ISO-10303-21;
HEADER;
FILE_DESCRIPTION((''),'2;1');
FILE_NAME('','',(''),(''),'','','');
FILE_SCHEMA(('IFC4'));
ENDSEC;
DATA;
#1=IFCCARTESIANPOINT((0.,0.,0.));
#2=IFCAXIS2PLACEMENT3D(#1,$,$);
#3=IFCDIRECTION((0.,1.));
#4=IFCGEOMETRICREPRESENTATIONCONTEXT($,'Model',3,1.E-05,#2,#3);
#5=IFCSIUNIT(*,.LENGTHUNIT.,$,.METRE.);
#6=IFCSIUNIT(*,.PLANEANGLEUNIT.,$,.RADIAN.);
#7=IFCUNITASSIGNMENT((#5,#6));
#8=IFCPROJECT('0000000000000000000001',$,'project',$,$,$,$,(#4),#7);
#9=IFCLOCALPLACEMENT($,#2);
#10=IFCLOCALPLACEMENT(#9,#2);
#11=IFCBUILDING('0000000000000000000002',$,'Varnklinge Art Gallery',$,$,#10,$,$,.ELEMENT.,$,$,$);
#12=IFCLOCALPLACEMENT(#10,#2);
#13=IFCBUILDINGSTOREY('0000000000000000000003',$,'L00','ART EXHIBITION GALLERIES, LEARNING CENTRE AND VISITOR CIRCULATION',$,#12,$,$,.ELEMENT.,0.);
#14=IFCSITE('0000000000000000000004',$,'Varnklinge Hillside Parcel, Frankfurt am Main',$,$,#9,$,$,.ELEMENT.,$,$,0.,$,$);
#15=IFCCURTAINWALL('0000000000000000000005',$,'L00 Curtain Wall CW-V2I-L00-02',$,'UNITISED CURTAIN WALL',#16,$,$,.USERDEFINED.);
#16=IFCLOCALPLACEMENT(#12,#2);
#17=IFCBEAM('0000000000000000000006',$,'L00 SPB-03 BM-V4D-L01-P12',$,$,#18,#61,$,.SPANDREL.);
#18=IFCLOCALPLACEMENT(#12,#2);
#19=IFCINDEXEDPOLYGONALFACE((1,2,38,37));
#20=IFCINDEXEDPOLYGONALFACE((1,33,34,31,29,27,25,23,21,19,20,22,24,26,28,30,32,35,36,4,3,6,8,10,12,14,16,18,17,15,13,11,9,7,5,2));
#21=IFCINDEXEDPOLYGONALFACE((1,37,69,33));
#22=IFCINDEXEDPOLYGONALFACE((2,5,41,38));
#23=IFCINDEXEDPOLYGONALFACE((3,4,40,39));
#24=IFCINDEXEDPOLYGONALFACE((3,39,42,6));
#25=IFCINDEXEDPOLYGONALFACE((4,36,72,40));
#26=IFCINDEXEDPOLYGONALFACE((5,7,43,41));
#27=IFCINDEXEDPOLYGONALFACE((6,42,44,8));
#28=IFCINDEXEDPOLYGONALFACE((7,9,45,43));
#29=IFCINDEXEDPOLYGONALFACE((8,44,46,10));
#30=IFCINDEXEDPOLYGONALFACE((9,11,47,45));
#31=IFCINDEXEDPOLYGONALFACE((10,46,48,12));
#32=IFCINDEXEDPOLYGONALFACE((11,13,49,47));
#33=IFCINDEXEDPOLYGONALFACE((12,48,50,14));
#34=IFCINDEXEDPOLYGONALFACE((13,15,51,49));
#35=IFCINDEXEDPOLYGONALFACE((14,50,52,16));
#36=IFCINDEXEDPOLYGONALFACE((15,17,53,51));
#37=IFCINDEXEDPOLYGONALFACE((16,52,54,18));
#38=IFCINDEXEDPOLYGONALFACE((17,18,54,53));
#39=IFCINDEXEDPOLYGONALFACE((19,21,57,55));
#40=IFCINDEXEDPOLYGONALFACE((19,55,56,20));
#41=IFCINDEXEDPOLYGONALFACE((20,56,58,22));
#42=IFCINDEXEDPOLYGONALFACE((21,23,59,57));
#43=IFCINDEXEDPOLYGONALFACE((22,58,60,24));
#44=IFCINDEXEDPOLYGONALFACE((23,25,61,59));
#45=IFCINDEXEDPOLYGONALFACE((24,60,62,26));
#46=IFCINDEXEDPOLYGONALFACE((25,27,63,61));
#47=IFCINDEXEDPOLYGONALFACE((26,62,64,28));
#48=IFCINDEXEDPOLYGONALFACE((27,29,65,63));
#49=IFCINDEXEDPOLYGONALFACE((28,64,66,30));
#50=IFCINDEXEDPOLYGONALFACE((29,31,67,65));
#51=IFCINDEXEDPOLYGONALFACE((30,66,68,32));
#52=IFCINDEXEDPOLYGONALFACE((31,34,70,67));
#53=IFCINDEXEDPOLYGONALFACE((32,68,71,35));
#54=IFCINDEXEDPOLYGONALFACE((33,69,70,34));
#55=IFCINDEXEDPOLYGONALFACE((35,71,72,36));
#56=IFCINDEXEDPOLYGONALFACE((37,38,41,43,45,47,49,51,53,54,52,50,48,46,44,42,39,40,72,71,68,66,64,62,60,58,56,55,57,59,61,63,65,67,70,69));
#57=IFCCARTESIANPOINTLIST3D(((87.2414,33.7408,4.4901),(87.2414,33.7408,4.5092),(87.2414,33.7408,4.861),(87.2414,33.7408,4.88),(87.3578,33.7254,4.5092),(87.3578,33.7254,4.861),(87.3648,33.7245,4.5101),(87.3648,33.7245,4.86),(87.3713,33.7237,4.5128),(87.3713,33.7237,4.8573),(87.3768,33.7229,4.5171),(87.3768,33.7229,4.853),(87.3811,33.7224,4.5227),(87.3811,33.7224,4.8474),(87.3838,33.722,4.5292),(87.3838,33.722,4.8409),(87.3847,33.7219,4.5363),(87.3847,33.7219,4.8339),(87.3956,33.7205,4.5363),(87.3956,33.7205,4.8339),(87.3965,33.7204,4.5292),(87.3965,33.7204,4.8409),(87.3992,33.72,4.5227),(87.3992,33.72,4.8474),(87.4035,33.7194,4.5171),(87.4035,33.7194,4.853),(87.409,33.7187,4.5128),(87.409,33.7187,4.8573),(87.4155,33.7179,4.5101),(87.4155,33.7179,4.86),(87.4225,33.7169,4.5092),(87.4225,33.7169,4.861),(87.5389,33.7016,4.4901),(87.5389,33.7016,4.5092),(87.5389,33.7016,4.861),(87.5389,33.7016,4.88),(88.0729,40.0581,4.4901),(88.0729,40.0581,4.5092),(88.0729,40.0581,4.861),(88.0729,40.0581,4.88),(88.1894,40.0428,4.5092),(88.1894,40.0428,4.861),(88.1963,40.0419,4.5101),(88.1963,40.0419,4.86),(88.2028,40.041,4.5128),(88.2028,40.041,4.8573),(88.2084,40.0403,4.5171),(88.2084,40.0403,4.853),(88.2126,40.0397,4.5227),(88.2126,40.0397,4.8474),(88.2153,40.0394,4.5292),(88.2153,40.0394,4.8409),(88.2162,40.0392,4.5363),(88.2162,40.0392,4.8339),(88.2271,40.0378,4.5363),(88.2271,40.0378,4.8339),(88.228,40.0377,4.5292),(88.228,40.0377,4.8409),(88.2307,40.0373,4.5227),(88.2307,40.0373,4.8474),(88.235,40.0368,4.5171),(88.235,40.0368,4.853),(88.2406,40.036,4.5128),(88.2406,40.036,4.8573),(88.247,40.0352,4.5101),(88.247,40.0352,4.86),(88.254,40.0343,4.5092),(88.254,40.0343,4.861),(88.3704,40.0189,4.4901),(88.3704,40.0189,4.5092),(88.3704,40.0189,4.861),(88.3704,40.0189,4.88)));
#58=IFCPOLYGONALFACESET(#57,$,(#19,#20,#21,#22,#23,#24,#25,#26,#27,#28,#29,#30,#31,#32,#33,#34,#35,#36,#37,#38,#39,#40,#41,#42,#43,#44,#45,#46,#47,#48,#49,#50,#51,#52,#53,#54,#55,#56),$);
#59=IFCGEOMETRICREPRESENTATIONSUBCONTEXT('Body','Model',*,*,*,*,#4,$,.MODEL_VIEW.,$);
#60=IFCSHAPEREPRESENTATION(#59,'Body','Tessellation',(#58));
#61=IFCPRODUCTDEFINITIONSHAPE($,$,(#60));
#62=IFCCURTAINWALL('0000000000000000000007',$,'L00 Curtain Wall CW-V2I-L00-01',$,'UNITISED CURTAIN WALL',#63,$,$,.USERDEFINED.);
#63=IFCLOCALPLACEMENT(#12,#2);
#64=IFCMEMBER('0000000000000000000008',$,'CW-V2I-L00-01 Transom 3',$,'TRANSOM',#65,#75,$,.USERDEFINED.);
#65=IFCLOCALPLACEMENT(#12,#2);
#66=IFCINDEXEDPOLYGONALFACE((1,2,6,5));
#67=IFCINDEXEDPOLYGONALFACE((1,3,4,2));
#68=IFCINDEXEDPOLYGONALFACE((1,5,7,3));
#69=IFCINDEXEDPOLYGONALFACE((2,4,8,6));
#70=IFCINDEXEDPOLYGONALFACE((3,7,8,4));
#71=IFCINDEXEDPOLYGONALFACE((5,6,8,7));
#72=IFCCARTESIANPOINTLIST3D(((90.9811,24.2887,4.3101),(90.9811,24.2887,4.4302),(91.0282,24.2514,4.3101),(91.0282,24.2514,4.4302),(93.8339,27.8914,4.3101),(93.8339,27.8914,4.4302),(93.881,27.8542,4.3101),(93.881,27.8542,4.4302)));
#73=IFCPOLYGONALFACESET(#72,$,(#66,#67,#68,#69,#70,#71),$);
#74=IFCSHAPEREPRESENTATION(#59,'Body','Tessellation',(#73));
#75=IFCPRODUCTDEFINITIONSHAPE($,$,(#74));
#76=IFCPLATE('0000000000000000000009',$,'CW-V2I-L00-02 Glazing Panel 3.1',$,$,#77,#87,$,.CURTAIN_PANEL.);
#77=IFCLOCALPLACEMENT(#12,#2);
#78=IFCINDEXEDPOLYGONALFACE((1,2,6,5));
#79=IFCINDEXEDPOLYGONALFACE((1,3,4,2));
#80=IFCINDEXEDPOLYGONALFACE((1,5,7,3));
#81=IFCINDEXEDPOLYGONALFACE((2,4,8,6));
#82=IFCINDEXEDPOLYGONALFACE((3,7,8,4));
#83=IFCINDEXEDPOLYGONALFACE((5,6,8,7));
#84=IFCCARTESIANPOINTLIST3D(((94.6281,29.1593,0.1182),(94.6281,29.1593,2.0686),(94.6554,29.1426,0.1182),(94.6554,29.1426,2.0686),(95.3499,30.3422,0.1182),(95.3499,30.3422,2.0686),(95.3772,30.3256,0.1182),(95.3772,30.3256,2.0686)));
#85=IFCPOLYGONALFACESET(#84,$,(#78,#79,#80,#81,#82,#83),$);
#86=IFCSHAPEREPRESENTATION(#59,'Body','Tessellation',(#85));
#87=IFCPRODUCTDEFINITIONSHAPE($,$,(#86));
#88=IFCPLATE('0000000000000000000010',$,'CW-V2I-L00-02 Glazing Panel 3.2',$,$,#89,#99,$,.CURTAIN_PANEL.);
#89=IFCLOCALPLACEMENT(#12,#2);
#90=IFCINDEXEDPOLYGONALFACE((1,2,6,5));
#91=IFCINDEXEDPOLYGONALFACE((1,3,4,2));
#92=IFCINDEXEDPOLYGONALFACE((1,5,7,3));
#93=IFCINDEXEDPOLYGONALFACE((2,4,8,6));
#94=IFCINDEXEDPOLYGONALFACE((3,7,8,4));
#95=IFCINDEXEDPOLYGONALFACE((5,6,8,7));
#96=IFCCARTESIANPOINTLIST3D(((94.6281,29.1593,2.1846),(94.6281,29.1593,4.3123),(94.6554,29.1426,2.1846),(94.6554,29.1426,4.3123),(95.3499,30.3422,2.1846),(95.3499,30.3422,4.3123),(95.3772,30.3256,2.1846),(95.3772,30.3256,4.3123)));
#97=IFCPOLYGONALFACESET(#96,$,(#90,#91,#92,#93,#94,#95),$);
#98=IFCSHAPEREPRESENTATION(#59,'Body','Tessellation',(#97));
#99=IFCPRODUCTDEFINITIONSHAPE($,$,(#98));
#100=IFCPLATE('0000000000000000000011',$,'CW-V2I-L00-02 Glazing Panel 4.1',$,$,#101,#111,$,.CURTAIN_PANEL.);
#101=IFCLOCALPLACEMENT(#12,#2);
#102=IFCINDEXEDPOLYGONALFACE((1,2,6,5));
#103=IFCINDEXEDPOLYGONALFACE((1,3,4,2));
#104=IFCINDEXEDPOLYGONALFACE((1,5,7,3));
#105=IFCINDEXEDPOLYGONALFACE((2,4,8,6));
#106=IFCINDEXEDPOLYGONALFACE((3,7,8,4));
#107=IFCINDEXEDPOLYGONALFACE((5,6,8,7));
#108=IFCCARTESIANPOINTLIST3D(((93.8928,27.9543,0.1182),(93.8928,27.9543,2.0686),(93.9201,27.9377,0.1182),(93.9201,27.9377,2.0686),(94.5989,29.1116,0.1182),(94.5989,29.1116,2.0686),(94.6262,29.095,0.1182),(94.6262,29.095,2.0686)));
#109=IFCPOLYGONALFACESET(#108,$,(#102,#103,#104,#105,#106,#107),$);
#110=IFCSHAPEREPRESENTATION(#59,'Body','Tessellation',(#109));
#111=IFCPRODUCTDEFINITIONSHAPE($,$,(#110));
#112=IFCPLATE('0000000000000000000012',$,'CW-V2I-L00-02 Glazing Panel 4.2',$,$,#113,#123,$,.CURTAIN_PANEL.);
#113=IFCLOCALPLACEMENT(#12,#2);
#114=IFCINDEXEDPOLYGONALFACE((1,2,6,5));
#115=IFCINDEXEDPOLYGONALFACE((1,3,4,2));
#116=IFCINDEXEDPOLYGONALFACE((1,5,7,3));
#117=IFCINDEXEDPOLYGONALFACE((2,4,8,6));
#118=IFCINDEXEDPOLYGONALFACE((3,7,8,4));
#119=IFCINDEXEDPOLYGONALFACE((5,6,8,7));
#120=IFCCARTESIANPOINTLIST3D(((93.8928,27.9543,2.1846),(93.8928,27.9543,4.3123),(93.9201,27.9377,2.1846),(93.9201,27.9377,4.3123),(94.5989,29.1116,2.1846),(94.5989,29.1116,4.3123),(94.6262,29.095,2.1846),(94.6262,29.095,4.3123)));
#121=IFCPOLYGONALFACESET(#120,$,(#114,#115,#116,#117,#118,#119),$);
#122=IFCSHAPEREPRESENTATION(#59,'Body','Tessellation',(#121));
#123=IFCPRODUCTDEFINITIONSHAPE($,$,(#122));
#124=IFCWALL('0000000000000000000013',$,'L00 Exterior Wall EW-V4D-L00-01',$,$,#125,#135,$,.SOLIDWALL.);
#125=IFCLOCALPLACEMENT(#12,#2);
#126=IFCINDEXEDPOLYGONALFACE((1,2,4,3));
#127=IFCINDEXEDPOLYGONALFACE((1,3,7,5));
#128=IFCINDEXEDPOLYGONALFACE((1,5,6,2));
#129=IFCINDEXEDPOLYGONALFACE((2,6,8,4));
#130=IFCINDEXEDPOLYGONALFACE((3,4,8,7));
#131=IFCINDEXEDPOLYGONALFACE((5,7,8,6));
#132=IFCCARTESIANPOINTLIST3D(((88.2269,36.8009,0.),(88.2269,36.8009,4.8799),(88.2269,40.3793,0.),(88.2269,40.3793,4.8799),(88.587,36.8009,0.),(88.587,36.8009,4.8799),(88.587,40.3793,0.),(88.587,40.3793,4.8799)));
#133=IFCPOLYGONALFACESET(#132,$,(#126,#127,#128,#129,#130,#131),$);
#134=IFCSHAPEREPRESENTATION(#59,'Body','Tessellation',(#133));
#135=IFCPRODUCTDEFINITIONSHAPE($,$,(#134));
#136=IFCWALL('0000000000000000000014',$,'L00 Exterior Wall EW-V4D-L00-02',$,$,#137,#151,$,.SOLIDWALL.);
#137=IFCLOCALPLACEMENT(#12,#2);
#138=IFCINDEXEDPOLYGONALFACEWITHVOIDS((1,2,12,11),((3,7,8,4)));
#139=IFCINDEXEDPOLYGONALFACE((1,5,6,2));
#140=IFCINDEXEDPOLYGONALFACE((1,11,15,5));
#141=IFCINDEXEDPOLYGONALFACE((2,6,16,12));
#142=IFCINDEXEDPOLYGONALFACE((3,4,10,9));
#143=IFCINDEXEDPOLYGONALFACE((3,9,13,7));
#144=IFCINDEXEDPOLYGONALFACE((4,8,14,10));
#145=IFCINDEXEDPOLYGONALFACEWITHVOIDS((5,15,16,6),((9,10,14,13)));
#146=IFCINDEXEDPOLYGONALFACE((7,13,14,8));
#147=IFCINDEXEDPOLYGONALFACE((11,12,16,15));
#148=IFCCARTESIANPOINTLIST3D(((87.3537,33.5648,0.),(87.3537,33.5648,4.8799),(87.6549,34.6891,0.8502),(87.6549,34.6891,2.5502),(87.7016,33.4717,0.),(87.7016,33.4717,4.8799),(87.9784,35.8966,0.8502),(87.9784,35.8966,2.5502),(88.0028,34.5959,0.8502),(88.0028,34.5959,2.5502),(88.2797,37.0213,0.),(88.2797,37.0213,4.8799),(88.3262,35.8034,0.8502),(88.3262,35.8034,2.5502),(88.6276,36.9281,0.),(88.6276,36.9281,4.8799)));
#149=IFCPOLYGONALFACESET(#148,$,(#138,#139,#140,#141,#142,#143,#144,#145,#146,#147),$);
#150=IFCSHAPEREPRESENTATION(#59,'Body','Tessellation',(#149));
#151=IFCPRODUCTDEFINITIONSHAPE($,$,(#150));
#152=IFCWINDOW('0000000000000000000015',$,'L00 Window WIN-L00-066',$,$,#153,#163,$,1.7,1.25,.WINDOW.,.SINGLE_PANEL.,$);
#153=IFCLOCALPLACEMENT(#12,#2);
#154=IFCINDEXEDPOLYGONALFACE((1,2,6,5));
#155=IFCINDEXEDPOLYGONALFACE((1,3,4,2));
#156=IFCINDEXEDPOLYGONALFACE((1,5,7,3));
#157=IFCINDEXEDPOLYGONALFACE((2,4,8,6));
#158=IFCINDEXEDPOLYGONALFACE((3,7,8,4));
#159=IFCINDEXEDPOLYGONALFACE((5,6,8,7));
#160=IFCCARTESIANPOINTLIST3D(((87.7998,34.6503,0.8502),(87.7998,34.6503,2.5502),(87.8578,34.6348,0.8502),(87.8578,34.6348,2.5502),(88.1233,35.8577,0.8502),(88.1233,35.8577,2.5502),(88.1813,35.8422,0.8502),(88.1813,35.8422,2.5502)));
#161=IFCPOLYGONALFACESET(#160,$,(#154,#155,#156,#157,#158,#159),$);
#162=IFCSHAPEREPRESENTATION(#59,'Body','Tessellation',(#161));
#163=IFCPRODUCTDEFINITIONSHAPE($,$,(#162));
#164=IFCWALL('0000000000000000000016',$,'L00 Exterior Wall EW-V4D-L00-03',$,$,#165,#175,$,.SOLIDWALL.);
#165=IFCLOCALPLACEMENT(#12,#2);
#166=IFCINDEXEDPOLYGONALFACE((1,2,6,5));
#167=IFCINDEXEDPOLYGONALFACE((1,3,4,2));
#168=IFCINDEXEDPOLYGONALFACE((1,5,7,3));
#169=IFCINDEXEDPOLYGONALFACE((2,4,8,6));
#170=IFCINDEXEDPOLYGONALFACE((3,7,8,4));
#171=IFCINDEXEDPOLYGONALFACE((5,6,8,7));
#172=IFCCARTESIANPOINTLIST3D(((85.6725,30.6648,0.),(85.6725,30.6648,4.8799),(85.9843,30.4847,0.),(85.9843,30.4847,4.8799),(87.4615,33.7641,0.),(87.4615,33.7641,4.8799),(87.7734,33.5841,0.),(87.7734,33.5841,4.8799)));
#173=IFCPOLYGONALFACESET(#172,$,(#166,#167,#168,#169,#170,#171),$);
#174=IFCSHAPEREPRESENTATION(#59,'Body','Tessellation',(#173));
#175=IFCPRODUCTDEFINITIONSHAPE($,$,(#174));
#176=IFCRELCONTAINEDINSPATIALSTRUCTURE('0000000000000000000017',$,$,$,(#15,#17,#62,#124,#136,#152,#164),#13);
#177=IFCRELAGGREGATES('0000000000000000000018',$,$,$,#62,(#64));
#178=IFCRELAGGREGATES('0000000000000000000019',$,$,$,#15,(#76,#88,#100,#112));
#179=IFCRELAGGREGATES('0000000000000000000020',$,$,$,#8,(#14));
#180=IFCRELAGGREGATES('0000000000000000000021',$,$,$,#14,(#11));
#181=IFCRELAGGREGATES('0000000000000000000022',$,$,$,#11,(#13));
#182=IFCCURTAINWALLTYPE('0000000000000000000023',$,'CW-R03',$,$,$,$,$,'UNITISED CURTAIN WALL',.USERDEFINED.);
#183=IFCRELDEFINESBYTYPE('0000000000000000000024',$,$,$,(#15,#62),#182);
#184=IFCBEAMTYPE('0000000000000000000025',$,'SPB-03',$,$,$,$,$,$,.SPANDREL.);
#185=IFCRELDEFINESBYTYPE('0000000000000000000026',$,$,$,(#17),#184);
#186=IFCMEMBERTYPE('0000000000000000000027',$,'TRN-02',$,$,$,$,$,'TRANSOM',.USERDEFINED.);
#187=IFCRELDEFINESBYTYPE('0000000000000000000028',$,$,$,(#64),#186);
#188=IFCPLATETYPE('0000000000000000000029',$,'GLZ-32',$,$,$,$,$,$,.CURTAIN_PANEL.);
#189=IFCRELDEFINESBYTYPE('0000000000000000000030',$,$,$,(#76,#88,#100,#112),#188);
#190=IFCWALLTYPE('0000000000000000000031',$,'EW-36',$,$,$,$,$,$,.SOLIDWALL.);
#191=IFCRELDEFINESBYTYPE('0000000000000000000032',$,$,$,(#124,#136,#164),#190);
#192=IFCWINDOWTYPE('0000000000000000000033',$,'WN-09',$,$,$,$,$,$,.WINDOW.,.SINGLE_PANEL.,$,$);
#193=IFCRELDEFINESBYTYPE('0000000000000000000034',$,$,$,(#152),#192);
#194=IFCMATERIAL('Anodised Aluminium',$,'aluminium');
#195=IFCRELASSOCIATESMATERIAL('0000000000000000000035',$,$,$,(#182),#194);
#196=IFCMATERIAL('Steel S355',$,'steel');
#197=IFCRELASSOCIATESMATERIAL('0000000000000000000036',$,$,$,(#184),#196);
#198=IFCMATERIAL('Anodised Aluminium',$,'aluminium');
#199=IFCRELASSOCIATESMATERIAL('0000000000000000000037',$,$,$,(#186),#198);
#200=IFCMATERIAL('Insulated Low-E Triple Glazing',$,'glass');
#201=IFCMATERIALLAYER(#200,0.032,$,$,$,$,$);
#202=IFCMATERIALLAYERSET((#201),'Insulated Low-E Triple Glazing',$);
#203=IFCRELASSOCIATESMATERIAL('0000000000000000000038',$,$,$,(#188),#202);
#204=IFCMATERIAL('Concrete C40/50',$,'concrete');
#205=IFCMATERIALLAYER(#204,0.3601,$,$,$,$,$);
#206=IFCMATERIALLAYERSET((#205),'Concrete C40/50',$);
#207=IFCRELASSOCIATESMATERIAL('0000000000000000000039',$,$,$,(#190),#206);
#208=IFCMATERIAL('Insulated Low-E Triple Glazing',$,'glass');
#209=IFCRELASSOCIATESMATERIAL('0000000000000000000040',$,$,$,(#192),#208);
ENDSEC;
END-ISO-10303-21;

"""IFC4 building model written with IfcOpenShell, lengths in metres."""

from ifc_helpers import new_model, si_unit, direction, frame, frame_2d, origin, origin_2d, place, context, subcontext, project, spatial, rectangle, i_section, extrude, material, layer, layer_set, material_profile, profile_set, type_object, element, fill, aggregate, save


model = new_model("IFC4")

# Units and contexts
model_context = context("Model", 3, precision=1e-05, world=origin(), true_north=direction((0.0, 1.0)))
body_context = subcontext(model_context, "Body", "Model", "MODEL_VIEW")
ifc_project = project(units=[si_unit("LENGTHUNIT", "METRE"), si_unit("PLANEANGLEUNIT", "RADIAN")], contexts=[model_context])

# Site, building, storey
site_placement = place(None, origin())
site = spatial("IfcSite", under=ifc_project, at=site_placement, Name="Varnklinge Hillside Parcel, Frankfurt am Main", CompositionType="ELEMENT", RefElevation=0.0)
building_placement = place(site_placement, origin())
building = spatial("IfcBuilding", under=site, at=building_placement, Name="Varnklinge Art Gallery", CompositionType="ELEMENT")
storey_placement = place(building_placement, origin())
storey = spatial("IfcBuildingStorey", under=building, at=storey_placement, Name="L00", Description="ART EXHIBITION GALLERIES, LEARNING CENTRE AND VISITOR CIRCULATION", CompositionType="ELEMENT", Elevation=0.0)

# Curtain wall
ifc_material_1 = material(Name="Anodised Aluminium", Category="aluminium")
curtain_wall_type = type_object("IfcCurtainWallType", Name="CW-R03", ElementType="UNITISED CURTAIN WALL", PredefinedType="USERDEFINED", material=ifc_material_1)
curtain_wall_1_placement = place(storey_placement, origin())
curtain_wall_1 = element("IfcCurtainWall", 1, at=curtain_wall_1_placement, inside=storey, type_object=curtain_wall_type, Name="L00 Curtain Wall CW-V2I-L00-02", ObjectType="UNITISED CURTAIN WALL", PredefinedType="USERDEFINED")

# Beam
ifc_material_2 = material(Name="Steel S355", Category="steel")
ifc_material_profile_1 = material_profile(ifc_material_2, i_section(OverallWidth=0.3, OverallDepth=0.3899, WebThickness=0.011, FlangeThickness=0.019, FilletRadius=0.0271, at=origin_2d()), Name="HEA 400")
ifc_profile_set_1 = profile_set([ifc_material_profile_1], Name="Steel S355")
beam_type_1 = type_object("IfcBeamType", Name="SPB-03", PredefinedType="SPANDREL", material=ifc_profile_set_1)
beam_1_placement = place(storey_placement, frame((87.3901, 33.7212, 4.6851), z_axis=(0.130502, 0.991448, 0.0), x_axis=(-0.991448, 0.130502, 0.0)))
element("IfcBeam", 2, at=beam_1_placement, inside=storey, type_object=beam_type_1, Name="L00 SPB-03 BM-V4D-L01-P12", PredefinedType="SPANDREL", context=body_context, shape_type="SweptSolid", body=[
    extrude(i_section(OverallWidth=0.3, OverallDepth=0.3899, WebThickness=0.011, FlangeThickness=0.019, FilletRadius=0.0271, at=origin_2d()), origin(), (0.0, 0.0, 1.0), 6.3718),
])

# Curtain wall, member
curtain_wall_2_placement = place(storey_placement, origin())
curtain_wall_2 = element("IfcCurtainWall", 3, at=curtain_wall_2_placement, inside=storey, type_object=curtain_wall_type, Name="L00 Curtain Wall CW-V2I-L00-01", ObjectType="UNITISED CURTAIN WALL", PredefinedType="USERDEFINED")
ifc_material_3 = material(Name="Anodised Aluminium", Category="aluminium")
ifc_material_profile_2 = material_profile(ifc_material_3, rectangle(XDim=0.0601, YDim=0.1201, at=origin_2d()), Name="ALU 60x120")
ifc_profile_set_2 = profile_set([ifc_material_profile_2], Name="Anodised Aluminium")
member_type_1 = type_object("IfcMemberType", Name="TRN-02", ElementType="TRANSOM", PredefinedType="USERDEFINED", material=ifc_profile_set_2)
member_1_placement = place(storey_placement, frame((93.8574, 27.8728, 4.3701), z_axis=(-0.620781, -0.783984, 0.0), x_axis=(0.783984, -0.620781, 0.0)))
member_1 = element("IfcMember", 4, at=member_1_placement, type_object=member_type_1, Name="CW-V2I-L00-01 Transom 3", ObjectType="TRANSOM", PredefinedType="USERDEFINED", context=body_context, shape_type="SweptSolid", body=[
    extrude(rectangle(XDim=0.0601, YDim=0.1201, at=origin_2d()), origin(), (0.0, 0.0, 1.0), 4.5955),
])
aggregate(curtain_wall_2, [member_1])

# Plates
ifc_material_4 = material(Name="Insulated Low-E Triple Glazing", Category="glass")
ifc_layer_1 = layer(ifc_material_4, 0.032)
ifc_layer_set_1 = layer_set([ifc_layer_1], Name="Insulated Low-E Triple Glazing")
plate_type = type_object("IfcPlateType", Name="GLZ-32", PredefinedType="CURTAIN_PANEL", material=ifc_layer_set_1)
plate_1_placement = place(storey_placement, frame((95.0027, 29.7424, 0.1182), z_axis=(0.0, 0.0, 1.0), x_axis=(-0.520861, -0.853642, 0.0)))
plate_1 = element("IfcPlate", 5, at=plate_1_placement, type_object=plate_type, Name="CW-V2I-L00-02 Glazing Panel 3.1", PredefinedType="CURTAIN_PANEL", context=body_context, shape_type="SweptSolid", body=[
    extrude(rectangle(XDim=1.3857, YDim=0.032, at=origin_2d()), origin(), (0.0, 0.0, 1.0), 1.9504),
])
plate_2_placement = place(storey_placement, frame((95.0027, 29.7424, 2.1846), z_axis=(0.0, 0.0, 1.0), x_axis=(-0.520861, -0.853642, 0.0)))
plate_2 = element("IfcPlate", 6, at=plate_2_placement, type_object=plate_type, Name="CW-V2I-L00-02 Glazing Panel 3.2", PredefinedType="CURTAIN_PANEL", context=body_context, shape_type="SweptSolid", body=[
    extrude(rectangle(XDim=1.3857, YDim=0.032, at=origin_2d()), origin(), (0.0, 0.0, 1.0), 2.1277),
])
plate_3_placement = place(storey_placement, frame((94.2595, 28.5247, 0.1182), z_axis=(0.0, 0.0, 1.0), x_axis=(-0.520861, -0.853642, 0.0)))
plate_3 = element("IfcPlate", 7, at=plate_3_placement, type_object=plate_type, Name="CW-V2I-L00-02 Glazing Panel 4.1", PredefinedType="CURTAIN_PANEL", context=body_context, shape_type="SweptSolid", body=[
    extrude(rectangle(XDim=1.3557, YDim=0.032, at=origin_2d()), origin(), (0.0, 0.0, 1.0), 1.9504),
])
plate_4_placement = place(storey_placement, frame((94.2595, 28.5247, 2.1846), z_axis=(0.0, 0.0, 1.0), x_axis=(-0.520861, -0.853642, 0.0)))
plate_4 = element("IfcPlate", 8, at=plate_4_placement, type_object=plate_type, Name="CW-V2I-L00-02 Glazing Panel 4.2", PredefinedType="CURTAIN_PANEL", context=body_context, shape_type="SweptSolid", body=[
    extrude(rectangle(XDim=1.3557, YDim=0.032, at=origin_2d()), origin(), (0.0, 0.0, 1.0), 2.1277),
])
aggregate(curtain_wall_1, [plate_1, plate_2, plate_3, plate_4])

# Wall
ifc_material_5 = material(Name="Concrete C40/50", Category="concrete")
ifc_layer_2 = layer(ifc_material_5, 0.3601)
ifc_layer_set_2 = layer_set([ifc_layer_2], Name="Concrete C40/50")
wall_type = type_object("IfcWallType", Name="EW-36", PredefinedType="SOLIDWALL", material=ifc_layer_set_2)
wall_1_placement = place(storey_placement, frame((88.407, 40.3792, 0.0), z_axis=(0.0, 0.0, 1.0), x_axis=(0.0, -1.0, 0.0)))
element("IfcWall", 9, at=wall_1_placement, inside=storey, type_object=wall_type, Name="L00 Exterior Wall EW-V4D-L00-01", PredefinedType="SOLIDWALL", context=body_context, shape_type="SweptSolid", body=[
    extrude(rectangle(XDim=3.5784, YDim=0.3601, at=frame_2d((1.7891, 0.0))), origin(), (0.0, 0.0, 1.0), 4.8799),
])

# Wall, opening, window
wall_2_placement = place(storey_placement, frame((88.4536, 36.9746, 0.0), z_axis=(0.0, 0.0, 1.0), x_axis=(-0.258779, -0.965936, 0.0)))
wall_2 = element("IfcWall", 10, at=wall_2_placement, inside=storey, type_object=wall_type, Name="L00 Exterior Wall EW-V4D-L00-02", PredefinedType="SOLIDWALL", context=body_context, shape_type="SweptSolid", body=[
    extrude(rectangle(XDim=3.5784, YDim=0.3601, at=frame_2d((1.7891, 0.0))), origin(), (0.0, 0.0, 1.0), 4.8799),
])
opening_1_placement = place(wall_2_placement, frame((1.1643, 0.0, 0.8501)))
opening_1 = element("IfcOpeningElement", 11, at=opening_1_placement, cuts=wall_2, PredefinedType="OPENING", context=body_context, shape_type="SweptSolid", body=[
    extrude(rectangle(XDim=1.25, YDim=1.7, at=frame_2d((0.625, 0.8501))), frame((0.0, 0.1902, 0.0), z_axis=(0.0, -1.0, 0.0), x_axis=(1.0, 0.0, 0.0)), (0.0, 0.0, 1.0), 0.3801),
])
ifc_material_6 = material(Name="Insulated Low-E Triple Glazing", Category="glass")
window_type = type_object("IfcWindowType", Name="WN-09", PartitioningType="SINGLE_PANEL", PredefinedType="WINDOW", material=ifc_material_6)
window_1_placement = place(opening_1_placement, origin())
window_1 = element("IfcWindow", 12, at=window_1_placement, inside=storey, type_object=window_type, Name="L00 Window WIN-L00-066", OverallHeight=1.7, OverallWidth=1.25, PartitioningType="SINGLE_PANEL", PredefinedType="WINDOW", context=body_context, shape_type="SweptSolid", body=[
    extrude(rectangle(XDim=1.25, YDim=1.7, at=frame_2d((0.625, 0.8501))), frame((0.0, 0.03, 0.0), z_axis=(0.0, -1.0, 0.0), x_axis=(1.0, 0.0, 0.0)), (0.0, 0.0, 1.0), 0.0601),
])
fill(opening_1, window_1)

# Wall
wall_3_placement = place(storey_placement, frame((87.6174, 33.6741, 0.0), z_axis=(0.0, 0.0, 1.0), x_axis=(-0.499925, -0.866069, 0.0)))
element("IfcWall", 13, at=wall_3_placement, inside=storey, type_object=wall_type, Name="L00 Exterior Wall EW-V4D-L00-03", PredefinedType="SOLIDWALL", context=body_context, shape_type="SweptSolid", body=[
    extrude(rectangle(XDim=3.5786, YDim=0.3601, at=frame_2d((1.7893, 0.0))), origin(), (0.0, 0.0, 1.0), 4.8799),
])

save(model, "model.ifc")
